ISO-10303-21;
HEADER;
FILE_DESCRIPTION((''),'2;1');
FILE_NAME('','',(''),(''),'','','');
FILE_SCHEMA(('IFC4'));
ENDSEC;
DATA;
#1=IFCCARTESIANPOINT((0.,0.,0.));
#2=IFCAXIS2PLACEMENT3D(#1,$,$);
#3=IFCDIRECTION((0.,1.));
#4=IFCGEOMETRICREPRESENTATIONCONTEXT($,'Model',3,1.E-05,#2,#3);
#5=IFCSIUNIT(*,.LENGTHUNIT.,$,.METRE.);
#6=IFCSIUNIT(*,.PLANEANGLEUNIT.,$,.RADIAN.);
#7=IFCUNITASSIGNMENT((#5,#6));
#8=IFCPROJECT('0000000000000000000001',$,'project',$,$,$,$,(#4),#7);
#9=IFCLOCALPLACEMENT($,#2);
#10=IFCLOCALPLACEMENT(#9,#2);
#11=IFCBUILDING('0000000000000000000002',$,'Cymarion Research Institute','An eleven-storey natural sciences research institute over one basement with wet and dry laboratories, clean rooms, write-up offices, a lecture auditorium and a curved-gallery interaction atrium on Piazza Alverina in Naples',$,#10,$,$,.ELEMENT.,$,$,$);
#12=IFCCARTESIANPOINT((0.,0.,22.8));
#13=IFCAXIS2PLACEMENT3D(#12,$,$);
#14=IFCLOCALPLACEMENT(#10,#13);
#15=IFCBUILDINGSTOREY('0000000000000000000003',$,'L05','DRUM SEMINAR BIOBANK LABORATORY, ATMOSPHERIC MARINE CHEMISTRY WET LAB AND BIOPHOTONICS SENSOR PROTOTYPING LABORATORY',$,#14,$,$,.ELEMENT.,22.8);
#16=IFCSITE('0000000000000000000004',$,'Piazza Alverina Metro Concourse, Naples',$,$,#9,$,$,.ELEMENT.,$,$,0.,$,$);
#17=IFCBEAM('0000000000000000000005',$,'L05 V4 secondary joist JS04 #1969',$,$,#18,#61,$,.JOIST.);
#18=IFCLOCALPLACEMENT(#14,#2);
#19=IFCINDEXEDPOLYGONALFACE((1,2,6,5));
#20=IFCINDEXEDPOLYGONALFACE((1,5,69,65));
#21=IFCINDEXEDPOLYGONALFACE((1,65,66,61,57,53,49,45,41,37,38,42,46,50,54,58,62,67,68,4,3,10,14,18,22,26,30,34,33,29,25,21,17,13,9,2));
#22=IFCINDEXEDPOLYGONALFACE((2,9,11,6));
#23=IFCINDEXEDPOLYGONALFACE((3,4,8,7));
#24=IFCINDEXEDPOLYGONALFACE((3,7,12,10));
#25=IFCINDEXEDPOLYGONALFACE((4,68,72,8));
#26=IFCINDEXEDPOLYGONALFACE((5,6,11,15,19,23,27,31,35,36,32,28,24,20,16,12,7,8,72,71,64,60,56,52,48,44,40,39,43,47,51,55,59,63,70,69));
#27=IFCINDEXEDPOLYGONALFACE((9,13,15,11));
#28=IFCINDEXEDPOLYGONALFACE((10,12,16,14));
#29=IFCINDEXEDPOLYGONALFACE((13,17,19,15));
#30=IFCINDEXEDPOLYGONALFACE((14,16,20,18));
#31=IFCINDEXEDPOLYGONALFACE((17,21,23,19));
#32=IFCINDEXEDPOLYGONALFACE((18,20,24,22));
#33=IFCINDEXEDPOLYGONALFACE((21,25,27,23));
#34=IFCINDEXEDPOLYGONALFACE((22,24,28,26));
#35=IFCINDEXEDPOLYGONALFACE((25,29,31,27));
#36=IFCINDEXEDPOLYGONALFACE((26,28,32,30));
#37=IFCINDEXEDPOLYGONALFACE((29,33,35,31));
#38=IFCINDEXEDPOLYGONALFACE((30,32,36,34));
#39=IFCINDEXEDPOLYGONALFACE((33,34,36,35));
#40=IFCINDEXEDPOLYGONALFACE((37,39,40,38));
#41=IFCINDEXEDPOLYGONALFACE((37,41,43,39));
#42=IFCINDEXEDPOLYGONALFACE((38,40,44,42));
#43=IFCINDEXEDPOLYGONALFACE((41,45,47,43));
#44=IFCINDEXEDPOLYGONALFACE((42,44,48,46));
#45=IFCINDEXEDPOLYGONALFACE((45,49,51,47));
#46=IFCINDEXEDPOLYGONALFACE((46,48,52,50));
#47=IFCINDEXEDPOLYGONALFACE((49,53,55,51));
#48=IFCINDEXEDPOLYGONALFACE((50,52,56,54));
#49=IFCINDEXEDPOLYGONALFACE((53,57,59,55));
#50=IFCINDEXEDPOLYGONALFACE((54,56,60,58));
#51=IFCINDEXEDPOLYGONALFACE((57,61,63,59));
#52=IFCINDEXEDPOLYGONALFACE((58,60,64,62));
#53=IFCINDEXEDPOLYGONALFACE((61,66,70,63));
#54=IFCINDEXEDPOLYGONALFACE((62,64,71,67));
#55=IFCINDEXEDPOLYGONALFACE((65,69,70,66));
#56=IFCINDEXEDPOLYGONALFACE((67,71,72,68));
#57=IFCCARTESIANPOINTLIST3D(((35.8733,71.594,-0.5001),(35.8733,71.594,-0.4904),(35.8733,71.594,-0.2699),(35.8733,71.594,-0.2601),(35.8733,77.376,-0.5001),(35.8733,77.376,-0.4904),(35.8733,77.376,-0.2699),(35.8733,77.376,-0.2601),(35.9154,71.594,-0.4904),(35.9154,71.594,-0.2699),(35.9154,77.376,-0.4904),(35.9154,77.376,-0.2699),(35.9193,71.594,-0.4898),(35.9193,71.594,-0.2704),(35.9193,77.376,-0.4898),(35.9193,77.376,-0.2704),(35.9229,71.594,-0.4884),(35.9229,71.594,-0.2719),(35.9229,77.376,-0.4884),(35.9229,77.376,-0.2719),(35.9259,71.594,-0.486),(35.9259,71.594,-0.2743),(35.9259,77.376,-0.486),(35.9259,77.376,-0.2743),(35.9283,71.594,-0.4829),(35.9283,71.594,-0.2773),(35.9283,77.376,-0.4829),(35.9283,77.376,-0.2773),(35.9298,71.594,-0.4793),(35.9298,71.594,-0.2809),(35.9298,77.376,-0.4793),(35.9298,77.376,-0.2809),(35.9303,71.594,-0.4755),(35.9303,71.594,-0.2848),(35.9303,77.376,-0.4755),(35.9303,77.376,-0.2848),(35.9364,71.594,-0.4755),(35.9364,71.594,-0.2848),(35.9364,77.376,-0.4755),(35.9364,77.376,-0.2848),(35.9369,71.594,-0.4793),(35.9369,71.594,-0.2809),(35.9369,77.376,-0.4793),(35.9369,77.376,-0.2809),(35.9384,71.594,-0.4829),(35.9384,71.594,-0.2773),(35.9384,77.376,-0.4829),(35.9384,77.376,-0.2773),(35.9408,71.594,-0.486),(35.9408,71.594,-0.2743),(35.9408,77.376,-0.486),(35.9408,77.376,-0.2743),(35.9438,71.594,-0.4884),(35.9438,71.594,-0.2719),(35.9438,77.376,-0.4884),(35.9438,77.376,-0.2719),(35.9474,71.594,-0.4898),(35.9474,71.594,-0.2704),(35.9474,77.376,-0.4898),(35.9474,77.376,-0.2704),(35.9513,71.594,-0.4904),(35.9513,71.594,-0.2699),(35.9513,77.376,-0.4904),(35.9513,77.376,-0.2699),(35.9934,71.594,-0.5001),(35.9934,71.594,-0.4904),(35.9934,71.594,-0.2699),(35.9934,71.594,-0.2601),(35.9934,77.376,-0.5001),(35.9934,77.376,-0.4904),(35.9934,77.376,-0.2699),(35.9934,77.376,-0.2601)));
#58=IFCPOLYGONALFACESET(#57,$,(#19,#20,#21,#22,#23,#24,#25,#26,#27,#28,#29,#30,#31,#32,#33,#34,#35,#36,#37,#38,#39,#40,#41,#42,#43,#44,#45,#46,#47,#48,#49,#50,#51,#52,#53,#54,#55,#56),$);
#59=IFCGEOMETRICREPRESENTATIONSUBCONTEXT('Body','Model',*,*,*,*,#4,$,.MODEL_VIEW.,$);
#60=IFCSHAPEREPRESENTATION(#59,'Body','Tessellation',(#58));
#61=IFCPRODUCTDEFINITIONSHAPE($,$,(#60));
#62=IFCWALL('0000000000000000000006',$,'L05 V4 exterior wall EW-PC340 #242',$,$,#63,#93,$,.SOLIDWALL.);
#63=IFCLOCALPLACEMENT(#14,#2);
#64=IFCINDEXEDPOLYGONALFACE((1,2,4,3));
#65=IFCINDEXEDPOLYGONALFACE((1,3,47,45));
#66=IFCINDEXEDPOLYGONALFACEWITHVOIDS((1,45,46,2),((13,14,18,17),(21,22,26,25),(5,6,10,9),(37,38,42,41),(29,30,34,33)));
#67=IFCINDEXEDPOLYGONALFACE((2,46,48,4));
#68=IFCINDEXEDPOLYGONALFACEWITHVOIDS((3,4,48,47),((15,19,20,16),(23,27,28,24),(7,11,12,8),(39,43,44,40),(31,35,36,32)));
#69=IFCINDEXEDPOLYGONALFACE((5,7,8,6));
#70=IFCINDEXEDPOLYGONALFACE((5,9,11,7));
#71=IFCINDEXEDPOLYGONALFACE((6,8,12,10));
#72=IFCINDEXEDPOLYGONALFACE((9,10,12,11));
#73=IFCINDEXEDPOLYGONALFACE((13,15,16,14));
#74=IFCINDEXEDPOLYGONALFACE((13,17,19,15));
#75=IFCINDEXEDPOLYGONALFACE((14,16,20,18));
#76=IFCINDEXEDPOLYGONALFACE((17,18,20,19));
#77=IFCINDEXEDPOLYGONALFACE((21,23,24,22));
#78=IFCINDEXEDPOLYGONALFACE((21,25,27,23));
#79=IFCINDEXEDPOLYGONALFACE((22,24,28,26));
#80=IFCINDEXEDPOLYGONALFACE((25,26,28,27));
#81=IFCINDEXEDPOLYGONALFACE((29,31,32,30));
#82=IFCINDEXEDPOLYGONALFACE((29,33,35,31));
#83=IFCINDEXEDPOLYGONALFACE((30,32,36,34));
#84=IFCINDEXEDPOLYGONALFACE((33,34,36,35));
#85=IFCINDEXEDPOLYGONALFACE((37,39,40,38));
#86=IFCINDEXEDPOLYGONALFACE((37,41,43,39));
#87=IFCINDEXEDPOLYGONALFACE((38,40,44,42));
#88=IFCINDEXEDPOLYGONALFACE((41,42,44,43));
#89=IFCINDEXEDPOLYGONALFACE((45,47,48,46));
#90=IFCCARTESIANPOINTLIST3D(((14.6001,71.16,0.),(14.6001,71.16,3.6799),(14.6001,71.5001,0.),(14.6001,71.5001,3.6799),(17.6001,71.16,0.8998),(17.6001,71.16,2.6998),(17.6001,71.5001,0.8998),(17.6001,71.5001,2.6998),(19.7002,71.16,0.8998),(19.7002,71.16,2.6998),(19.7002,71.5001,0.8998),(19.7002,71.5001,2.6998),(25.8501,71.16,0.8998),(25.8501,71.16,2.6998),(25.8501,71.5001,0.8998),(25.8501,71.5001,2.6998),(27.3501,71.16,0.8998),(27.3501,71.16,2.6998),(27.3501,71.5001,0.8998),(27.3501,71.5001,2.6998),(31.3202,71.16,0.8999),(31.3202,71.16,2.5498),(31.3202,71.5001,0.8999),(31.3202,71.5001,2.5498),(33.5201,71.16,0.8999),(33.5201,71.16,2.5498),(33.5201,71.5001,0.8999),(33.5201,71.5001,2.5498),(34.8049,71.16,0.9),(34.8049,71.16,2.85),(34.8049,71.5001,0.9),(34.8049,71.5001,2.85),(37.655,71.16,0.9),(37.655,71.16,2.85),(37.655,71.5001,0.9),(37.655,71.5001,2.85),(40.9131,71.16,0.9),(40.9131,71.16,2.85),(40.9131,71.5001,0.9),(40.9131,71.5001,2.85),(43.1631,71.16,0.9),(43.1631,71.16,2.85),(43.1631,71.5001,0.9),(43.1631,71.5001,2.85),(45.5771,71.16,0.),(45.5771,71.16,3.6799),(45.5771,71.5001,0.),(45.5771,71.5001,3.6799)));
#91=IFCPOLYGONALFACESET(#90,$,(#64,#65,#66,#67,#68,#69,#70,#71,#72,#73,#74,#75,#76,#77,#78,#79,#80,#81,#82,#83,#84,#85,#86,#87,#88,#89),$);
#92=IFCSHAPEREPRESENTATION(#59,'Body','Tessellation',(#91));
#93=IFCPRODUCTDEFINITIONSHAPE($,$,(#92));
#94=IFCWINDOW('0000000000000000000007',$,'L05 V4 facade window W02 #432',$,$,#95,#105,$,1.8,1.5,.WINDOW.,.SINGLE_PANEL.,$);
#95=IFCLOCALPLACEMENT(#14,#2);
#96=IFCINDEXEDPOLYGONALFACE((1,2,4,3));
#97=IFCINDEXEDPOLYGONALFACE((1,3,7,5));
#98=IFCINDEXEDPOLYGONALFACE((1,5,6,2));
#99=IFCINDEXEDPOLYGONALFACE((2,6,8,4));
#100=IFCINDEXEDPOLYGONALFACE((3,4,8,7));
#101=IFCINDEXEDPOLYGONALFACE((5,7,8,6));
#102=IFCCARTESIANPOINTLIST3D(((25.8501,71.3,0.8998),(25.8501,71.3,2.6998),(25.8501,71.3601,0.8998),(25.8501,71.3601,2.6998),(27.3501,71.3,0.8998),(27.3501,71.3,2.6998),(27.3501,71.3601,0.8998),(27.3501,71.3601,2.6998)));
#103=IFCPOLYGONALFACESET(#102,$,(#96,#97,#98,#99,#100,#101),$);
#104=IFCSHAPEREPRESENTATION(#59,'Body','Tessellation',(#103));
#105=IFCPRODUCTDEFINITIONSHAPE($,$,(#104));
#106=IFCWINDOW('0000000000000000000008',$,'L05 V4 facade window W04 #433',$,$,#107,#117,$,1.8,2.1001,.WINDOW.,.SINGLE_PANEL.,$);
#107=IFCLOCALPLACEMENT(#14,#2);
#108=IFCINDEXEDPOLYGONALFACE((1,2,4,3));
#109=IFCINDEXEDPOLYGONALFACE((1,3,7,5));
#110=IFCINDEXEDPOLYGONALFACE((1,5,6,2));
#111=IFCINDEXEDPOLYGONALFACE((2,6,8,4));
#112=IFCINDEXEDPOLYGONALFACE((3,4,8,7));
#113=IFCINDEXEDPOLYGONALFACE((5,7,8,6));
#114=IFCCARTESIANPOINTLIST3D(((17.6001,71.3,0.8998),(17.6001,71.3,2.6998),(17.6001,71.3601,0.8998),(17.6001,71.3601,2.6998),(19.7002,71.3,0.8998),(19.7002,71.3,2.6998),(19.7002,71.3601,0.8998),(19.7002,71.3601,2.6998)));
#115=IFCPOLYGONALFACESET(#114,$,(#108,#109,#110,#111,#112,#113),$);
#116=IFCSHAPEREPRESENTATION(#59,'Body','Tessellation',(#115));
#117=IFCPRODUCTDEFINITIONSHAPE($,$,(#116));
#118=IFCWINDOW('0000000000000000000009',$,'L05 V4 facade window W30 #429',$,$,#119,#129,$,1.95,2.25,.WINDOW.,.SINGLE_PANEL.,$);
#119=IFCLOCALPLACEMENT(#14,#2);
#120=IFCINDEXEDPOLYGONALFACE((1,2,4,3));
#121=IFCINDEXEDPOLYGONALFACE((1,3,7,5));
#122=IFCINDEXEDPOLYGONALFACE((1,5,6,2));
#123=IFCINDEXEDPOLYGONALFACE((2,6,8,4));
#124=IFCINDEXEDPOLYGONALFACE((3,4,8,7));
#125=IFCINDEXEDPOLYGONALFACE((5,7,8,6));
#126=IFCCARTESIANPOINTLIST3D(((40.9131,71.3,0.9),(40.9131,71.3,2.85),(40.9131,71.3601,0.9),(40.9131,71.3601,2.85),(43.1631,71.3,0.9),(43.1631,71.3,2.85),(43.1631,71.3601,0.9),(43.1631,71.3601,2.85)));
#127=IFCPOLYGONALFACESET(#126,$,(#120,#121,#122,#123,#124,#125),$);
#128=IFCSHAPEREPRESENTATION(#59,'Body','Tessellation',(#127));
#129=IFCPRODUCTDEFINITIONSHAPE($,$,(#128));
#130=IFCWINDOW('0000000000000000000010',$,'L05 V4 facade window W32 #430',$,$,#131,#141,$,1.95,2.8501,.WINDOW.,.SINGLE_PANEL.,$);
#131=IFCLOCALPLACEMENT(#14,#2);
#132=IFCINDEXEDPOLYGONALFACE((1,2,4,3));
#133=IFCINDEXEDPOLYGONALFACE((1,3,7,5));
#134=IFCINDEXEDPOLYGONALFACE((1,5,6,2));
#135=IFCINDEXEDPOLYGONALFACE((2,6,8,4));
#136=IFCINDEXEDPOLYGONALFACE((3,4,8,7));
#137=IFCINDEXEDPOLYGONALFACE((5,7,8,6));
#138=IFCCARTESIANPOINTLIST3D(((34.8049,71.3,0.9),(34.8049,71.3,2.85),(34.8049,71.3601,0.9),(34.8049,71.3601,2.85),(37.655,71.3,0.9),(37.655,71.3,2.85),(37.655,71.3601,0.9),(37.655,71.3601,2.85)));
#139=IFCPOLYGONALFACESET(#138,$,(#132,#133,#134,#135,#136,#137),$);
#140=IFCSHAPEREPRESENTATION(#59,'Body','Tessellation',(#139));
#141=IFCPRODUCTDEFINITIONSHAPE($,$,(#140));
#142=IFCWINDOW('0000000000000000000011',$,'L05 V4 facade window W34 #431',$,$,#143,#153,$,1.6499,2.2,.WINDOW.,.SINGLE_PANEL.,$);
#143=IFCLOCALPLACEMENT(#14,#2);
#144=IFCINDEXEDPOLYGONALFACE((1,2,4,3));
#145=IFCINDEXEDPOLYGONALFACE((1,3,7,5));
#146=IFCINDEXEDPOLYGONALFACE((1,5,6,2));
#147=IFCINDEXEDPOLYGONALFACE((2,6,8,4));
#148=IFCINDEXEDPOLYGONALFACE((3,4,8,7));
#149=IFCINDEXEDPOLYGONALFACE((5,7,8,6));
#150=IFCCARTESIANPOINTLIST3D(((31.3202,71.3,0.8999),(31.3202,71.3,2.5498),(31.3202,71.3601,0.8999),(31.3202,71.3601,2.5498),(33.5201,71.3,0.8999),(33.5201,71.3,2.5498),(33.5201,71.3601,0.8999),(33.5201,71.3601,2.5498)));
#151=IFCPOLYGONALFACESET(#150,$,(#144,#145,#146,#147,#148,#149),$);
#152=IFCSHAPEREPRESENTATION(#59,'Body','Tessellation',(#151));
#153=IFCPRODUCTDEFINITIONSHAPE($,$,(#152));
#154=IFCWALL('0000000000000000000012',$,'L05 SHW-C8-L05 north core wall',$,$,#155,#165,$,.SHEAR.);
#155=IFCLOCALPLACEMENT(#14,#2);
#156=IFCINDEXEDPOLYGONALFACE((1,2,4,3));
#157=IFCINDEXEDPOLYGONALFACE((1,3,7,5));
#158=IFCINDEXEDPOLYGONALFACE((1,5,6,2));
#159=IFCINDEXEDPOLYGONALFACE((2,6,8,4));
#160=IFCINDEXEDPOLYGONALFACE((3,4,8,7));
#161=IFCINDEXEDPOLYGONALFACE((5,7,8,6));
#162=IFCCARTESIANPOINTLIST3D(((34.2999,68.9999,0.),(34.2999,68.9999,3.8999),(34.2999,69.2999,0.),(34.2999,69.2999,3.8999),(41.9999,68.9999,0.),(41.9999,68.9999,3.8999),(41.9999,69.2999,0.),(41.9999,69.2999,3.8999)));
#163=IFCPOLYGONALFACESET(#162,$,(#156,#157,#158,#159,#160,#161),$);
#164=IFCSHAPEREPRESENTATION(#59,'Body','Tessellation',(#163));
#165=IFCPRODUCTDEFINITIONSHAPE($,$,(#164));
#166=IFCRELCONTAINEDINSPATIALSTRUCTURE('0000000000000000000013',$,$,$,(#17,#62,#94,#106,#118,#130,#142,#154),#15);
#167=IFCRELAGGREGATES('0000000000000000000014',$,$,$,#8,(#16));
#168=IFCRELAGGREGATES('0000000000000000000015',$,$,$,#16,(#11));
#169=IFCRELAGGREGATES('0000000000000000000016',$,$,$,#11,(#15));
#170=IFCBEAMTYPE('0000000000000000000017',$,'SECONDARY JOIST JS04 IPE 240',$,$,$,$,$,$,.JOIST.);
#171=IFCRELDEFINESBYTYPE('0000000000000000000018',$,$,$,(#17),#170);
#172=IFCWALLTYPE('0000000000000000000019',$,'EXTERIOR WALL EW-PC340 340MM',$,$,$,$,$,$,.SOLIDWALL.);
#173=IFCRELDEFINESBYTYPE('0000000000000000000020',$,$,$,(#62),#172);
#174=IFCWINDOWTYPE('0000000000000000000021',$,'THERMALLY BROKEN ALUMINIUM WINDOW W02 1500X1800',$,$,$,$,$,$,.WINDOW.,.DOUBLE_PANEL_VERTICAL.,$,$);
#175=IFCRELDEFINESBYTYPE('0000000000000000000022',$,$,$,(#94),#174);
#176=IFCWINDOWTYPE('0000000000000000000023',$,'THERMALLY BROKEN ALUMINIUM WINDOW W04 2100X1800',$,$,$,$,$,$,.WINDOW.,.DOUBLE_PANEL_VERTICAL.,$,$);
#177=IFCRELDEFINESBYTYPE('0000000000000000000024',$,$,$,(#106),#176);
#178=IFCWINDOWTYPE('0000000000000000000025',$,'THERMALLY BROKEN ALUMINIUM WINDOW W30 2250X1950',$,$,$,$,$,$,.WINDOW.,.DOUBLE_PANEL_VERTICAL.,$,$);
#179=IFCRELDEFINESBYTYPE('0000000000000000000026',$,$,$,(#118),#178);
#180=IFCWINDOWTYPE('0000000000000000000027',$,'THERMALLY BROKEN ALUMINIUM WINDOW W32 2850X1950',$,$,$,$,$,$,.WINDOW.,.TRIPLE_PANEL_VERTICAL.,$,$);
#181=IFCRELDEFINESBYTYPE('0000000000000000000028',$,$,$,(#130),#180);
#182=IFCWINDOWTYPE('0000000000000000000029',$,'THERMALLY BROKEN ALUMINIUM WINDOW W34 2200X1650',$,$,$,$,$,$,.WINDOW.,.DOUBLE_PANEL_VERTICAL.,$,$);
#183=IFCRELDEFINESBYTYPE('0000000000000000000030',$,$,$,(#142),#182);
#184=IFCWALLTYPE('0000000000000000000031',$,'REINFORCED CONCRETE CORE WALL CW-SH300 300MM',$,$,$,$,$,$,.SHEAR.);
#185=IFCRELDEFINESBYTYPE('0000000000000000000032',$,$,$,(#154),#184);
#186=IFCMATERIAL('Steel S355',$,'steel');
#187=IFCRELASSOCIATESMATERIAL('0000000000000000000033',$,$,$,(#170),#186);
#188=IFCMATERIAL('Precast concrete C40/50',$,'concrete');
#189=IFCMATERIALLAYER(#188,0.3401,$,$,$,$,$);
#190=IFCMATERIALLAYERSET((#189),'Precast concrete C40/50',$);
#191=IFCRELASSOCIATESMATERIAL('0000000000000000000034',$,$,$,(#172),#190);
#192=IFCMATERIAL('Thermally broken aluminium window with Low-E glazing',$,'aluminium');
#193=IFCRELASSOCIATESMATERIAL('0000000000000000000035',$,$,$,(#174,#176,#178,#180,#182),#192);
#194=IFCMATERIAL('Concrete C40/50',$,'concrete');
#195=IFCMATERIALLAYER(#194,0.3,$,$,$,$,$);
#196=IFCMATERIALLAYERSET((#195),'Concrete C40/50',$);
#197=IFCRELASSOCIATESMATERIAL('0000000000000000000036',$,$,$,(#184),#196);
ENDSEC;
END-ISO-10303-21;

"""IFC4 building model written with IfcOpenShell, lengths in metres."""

from ifc_helpers import new_model, si_unit, direction, frame, frame_2d, origin, origin_2d, place, context, subcontext, project, spatial, rectangle, i_section, extrude, material, layer, layer_set, material_profile, profile_set, type_object, element, fill, save


model = new_model("IFC4")

# Units and contexts
model_context = context("Model", 3, precision=1e-05, world=origin(), true_north=direction((0.0, 1.0)))
body_context = subcontext(model_context, "Body", "Model", "MODEL_VIEW")
ifc_project = project(units=[si_unit("LENGTHUNIT", "METRE"), si_unit("PLANEANGLEUNIT", "RADIAN")], contexts=[model_context])

# Site, building, storey
site_placement = place(None, origin())
site = spatial("IfcSite", under=ifc_project, at=site_placement, Name="Piazza Alverina Metro Concourse, Naples", CompositionType="ELEMENT", RefElevation=0.0)
building_placement = place(site_placement, origin())
building = spatial("IfcBuilding", under=site, at=building_placement, Name="Cymarion Research Institute", Description="An eleven-storey natural sciences research institute over one basement with wet and dry laboratories, clean rooms, write-up offices, a lecture auditorium and a curved-gallery interaction atrium on Piazza Alverina in Naples", CompositionType="ELEMENT")
storey_placement = place(building_placement, frame((0.0, 0.0, 22.8)))
storey = spatial("IfcBuildingStorey", under=building, at=storey_placement, Name="L05", Description="DRUM SEMINAR BIOBANK LABORATORY, ATMOSPHERIC MARINE CHEMISTRY WET LAB AND BIOPHOTONICS SENSOR PROTOTYPING LABORATORY", CompositionType="ELEMENT", Elevation=22.8)

# Shared definitions
ifc_material_1 = material(Name="Steel S355", Category="steel")

# Beam
ifc_material_profile_1 = material_profile(ifc_material_1, i_section(OverallWidth=0.1201, OverallDepth=0.24, WebThickness=0.0061, FlangeThickness=0.0098, FilletRadius=0.0149, at=origin_2d()), Name="IPE 240")
ifc_profile_set_1 = profile_set([ifc_material_profile_1], Name="Steel S355")
beam_type_1 = type_object("IfcBeamType", Name="SECONDARY JOIST JS04 IPE 240", PredefinedType="JOIST", material=ifc_profile_set_1)
beam_1_placement = place(storey_placement, frame((35.9333, 71.594, -0.3801), z_axis=(0.0, 1.0, 0.0), x_axis=(-1.0, 0.0, 0.0)))
element("IfcBeam", 1, at=beam_1_placement, inside=storey, type_object=beam_type_1, Name="L05 V4 secondary joist JS04 #1969", PredefinedType="JOIST", context=body_context, shape_type="SweptSolid", body=[
    extrude(i_section(OverallWidth=0.1201, OverallDepth=0.24, WebThickness=0.0061, FlangeThickness=0.0098, FilletRadius=0.0149, at=origin_2d()), origin(), (0.0, 0.0, 1.0), 5.782),
])

# Wall, openings, windows
ifc_material_2 = material(Name="Precast concrete C40/50", Category="concrete")
ifc_layer_1 = layer(ifc_material_2, 0.3401)
ifc_layer_set_1 = layer_set([ifc_layer_1], Name="Precast concrete C40/50")
wall_type_1 = type_object("IfcWallType", Name="EXTERIOR WALL EW-PC340 340MM", PredefinedType="SOLIDWALL", material=ifc_layer_set_1)
wall_1_placement = place(storey_placement, frame((45.5771, 71.3301, 0.0), z_axis=(0.0, 0.0, 1.0), x_axis=(-1.0, 0.0, 0.0)))
wall_1 = element("IfcWall", 2, at=wall_1_placement, inside=storey, type_object=wall_type_1, Name="L05 V4 exterior wall EW-PC340 #242", PredefinedType="SOLIDWALL", context=body_context, shape_type="SweptSolid", body=[
    extrude(rectangle(XDim=30.9771, YDim=0.3401, at=frame_2d((15.4885, 0.0))), origin(), (0.0, 0.0, 1.0), 3.6799),
])
opening_1_placement = place(wall_1_placement, frame((2.4141, 0.0, 0.8999)))
opening_1 = element("IfcOpeningElement", 3, at=opening_1_placement, cuts=wall_1, PredefinedType="OPENING", context=body_context, shape_type="SweptSolid", body=[
    extrude(rectangle(XDim=2.25, YDim=1.95, at=frame_2d((1.125, 0.9751))), frame((0.0, 0.1799, 0.0), z_axis=(0.0, -1.0, 0.0), x_axis=(1.0, 0.0, 0.0)), (0.0, 0.0, 1.0), 0.3601),
])
opening_2_placement = place(wall_1_placement, frame((7.9221, 0.0, 0.8999)))
opening_2 = element("IfcOpeningElement", 4, at=opening_2_placement, cuts=wall_1, PredefinedType="OPENING", context=body_context, shape_type="SweptSolid", body=[
    extrude(rectangle(XDim=2.8501, YDim=1.95, at=frame_2d((1.425, 0.9751))), frame((0.0, 0.1799, 0.0), z_axis=(0.0, -1.0, 0.0), x_axis=(1.0, 0.0, 0.0)), (0.0, 0.0, 1.0), 0.3601),
])
opening_3_placement = place(wall_1_placement, frame((12.0569, 0.0, 0.8999)))
opening_3 = element("IfcOpeningElement", 5, at=opening_3_placement, cuts=wall_1, PredefinedType="OPENING", context=body_context, shape_type="SweptSolid", body=[
    extrude(rectangle(XDim=2.2, YDim=1.6499, at=frame_2d((1.1001, 0.825))), frame((0.0, 0.1799, 0.0), z_axis=(0.0, -1.0, 0.0), x_axis=(1.0, 0.0, 0.0)), (0.0, 0.0, 1.0), 0.3601),
])
opening_4_placement = place(wall_1_placement, frame((18.2271, 0.0, 0.8999)))
opening_4 = element("IfcOpeningElement", 6, at=opening_4_placement, cuts=wall_1, PredefinedType="OPENING", context=body_context, shape_type="SweptSolid", body=[
    extrude(rectangle(XDim=1.5, YDim=1.8, at=frame_2d((0.75, 0.8999))), frame((0.0, 0.1799, 0.0), z_axis=(0.0, -1.0, 0.0), x_axis=(1.0, 0.0, 0.0)), (0.0, 0.0, 1.0), 0.3601),
])
opening_5_placement = place(wall_1_placement, frame((25.877, 0.0, 0.8999)))
opening_5 = element("IfcOpeningElement", 7, at=opening_5_placement, cuts=wall_1, PredefinedType="OPENING", context=body_context, shape_type="SweptSolid", body=[
    extrude(rectangle(XDim=2.1001, YDim=1.8, at=frame_2d((1.05, 0.8999))), frame((0.0, 0.1799, 0.0), z_axis=(0.0, -1.0, 0.0), x_axis=(1.0, 0.0, 0.0)), (0.0, 0.0, 1.0), 0.3601),
])
ifc_material_3 = material(Name="Thermally broken aluminium window with Low-E glazing", Category="aluminium")
window_type_1 = type_object("IfcWindowType", Name="THERMALLY BROKEN ALUMINIUM WINDOW W02 1500X1800", PartitioningType="DOUBLE_PANEL_VERTICAL", PredefinedType="WINDOW", material=ifc_material_3)
window_1_placement = place(opening_4_placement, origin())
window_1 = element("IfcWindow", 8, at=window_1_placement, inside=storey, type_object=window_type_1, Name="L05 V4 facade window W02 #432", OverallHeight=1.8, OverallWidth=1.5, PartitioningType="SINGLE_PANEL", PredefinedType="WINDOW", context=body_context, shape_type="SweptSolid", body=[
    extrude(rectangle(XDim=1.5, YDim=1.8, at=frame_2d((0.75, 0.8999))), frame((0.0, 0.03, 0.0), z_axis=(0.0, -1.0, 0.0), x_axis=(1.0, 0.0, 0.0)), (0.0, 0.0, 1.0), 0.0601),
])
fill(opening_4, window_1)
window_type_2 = type_object("IfcWindowType", Name="THERMALLY BROKEN ALUMINIUM WINDOW W04 2100X1800", PartitioningType="DOUBLE_PANEL_VERTICAL", PredefinedType="WINDOW", material=ifc_material_3)
window_2_placement = place(opening_5_placement, origin())
window_2 = element("IfcWindow", 9, at=window_2_placement, inside=storey, type_object=window_type_2, Name="L05 V4 facade window W04 #433", OverallHeight=1.8, OverallWidth=2.1001, PartitioningType="SINGLE_PANEL", PredefinedType="WINDOW", context=body_context, shape_type="SweptSolid", body=[
    extrude(rectangle(XDim=2.1001, YDim=1.8, at=frame_2d((1.05, 0.8999))), frame((0.0, 0.03, 0.0), z_axis=(0.0, -1.0, 0.0), x_axis=(1.0, 0.0, 0.0)), (0.0, 0.0, 1.0), 0.0601),
])
fill(opening_5, window_2)
window_type_3 = type_object("IfcWindowType", Name="THERMALLY BROKEN ALUMINIUM WINDOW W30 2250X1950", PartitioningType="DOUBLE_PANEL_VERTICAL", PredefinedType="WINDOW", material=ifc_material_3)
window_3_placement = place(opening_1_placement, origin())
window_3 = element("IfcWindow", 10, at=window_3_placement, inside=storey, type_object=window_type_3, Name="L05 V4 facade window W30 #429", OverallHeight=1.95, OverallWidth=2.25, PartitioningType="SINGLE_PANEL", PredefinedType="WINDOW", context=body_context, shape_type="SweptSolid", body=[
    extrude(rectangle(XDim=2.25, YDim=1.95, at=frame_2d((1.125, 0.9751))), frame((0.0, 0.03, 0.0), z_axis=(0.0, -1.0, 0.0), x_axis=(1.0, 0.0, 0.0)), (0.0, 0.0, 1.0), 0.0601),
])
fill(opening_1, window_3)
window_type_4 = type_object("IfcWindowType", Name="THERMALLY BROKEN ALUMINIUM WINDOW W32 2850X1950", PartitioningType="TRIPLE_PANEL_VERTICAL", PredefinedType="WINDOW", material=ifc_material_3)
window_4_placement = place(opening_2_placement, origin())
window_4 = element("IfcWindow", 11, at=window_4_placement, inside=storey, type_object=window_type_4, Name="L05 V4 facade window W32 #430", OverallHeight=1.95, OverallWidth=2.8501, PartitioningType="SINGLE_PANEL", PredefinedType="WINDOW", context=body_context, shape_type="SweptSolid", body=[
    extrude(rectangle(XDim=2.8501, YDim=1.95, at=frame_2d((1.425, 0.9751))), frame((0.0, 0.03, 0.0), z_axis=(0.0, -1.0, 0.0), x_axis=(1.0, 0.0, 0.0)), (0.0, 0.0, 1.0), 0.0601),
])
fill(opening_2, window_4)
window_type_5 = type_object("IfcWindowType", Name="THERMALLY BROKEN ALUMINIUM WINDOW W34 2200X1650", PartitioningType="DOUBLE_PANEL_VERTICAL", PredefinedType="WINDOW", material=ifc_material_3)
window_5_placement = place(opening_3_placement, origin())
window_5 = element("IfcWindow", 12, at=window_5_placement, inside=storey, type_object=window_type_5, Name="L05 V4 facade window W34 #431", OverallHeight=1.6499, OverallWidth=2.2, PartitioningType="SINGLE_PANEL", PredefinedType="WINDOW", context=body_context, shape_type="SweptSolid", body=[
    extrude(rectangle(XDim=2.2, YDim=1.6499, at=frame_2d((1.1001, 0.825))), frame((0.0, 0.03, 0.0), z_axis=(0.0, -1.0, 0.0), x_axis=(1.0, 0.0, 0.0)), (0.0, 0.0, 1.0), 0.0601),
])
fill(opening_3, window_5)

# Wall
ifc_material_4 = material(Name="Concrete C40/50", Category="concrete")
ifc_layer_2 = layer(ifc_material_4, 0.3)
ifc_layer_set_2 = layer_set([ifc_layer_2], Name="Concrete C40/50")
wall_type_2 = type_object("IfcWallType", Name="REINFORCED CONCRETE CORE WALL CW-SH300 300MM", PredefinedType="SHEAR", material=ifc_layer_set_2)
wall_2_placement = place(storey_placement, frame((42.0, 69.1499, 0.0), z_axis=(0.0, 0.0, 1.0), x_axis=(-1.0, 0.0, 0.0)))
element("IfcWall", 13, at=wall_2_placement, inside=storey, type_object=wall_type_2, Name="L05 SHW-C8-L05 north core wall", PredefinedType="SHEAR", context=body_context, shape_type="SweptSolid", body=[
    extrude(rectangle(XDim=7.7, YDim=0.3, at=frame_2d((3.8501, 0.0))), origin(), (0.0, 0.0, 1.0), 3.8999),
])

save(model, "model.ifc")
